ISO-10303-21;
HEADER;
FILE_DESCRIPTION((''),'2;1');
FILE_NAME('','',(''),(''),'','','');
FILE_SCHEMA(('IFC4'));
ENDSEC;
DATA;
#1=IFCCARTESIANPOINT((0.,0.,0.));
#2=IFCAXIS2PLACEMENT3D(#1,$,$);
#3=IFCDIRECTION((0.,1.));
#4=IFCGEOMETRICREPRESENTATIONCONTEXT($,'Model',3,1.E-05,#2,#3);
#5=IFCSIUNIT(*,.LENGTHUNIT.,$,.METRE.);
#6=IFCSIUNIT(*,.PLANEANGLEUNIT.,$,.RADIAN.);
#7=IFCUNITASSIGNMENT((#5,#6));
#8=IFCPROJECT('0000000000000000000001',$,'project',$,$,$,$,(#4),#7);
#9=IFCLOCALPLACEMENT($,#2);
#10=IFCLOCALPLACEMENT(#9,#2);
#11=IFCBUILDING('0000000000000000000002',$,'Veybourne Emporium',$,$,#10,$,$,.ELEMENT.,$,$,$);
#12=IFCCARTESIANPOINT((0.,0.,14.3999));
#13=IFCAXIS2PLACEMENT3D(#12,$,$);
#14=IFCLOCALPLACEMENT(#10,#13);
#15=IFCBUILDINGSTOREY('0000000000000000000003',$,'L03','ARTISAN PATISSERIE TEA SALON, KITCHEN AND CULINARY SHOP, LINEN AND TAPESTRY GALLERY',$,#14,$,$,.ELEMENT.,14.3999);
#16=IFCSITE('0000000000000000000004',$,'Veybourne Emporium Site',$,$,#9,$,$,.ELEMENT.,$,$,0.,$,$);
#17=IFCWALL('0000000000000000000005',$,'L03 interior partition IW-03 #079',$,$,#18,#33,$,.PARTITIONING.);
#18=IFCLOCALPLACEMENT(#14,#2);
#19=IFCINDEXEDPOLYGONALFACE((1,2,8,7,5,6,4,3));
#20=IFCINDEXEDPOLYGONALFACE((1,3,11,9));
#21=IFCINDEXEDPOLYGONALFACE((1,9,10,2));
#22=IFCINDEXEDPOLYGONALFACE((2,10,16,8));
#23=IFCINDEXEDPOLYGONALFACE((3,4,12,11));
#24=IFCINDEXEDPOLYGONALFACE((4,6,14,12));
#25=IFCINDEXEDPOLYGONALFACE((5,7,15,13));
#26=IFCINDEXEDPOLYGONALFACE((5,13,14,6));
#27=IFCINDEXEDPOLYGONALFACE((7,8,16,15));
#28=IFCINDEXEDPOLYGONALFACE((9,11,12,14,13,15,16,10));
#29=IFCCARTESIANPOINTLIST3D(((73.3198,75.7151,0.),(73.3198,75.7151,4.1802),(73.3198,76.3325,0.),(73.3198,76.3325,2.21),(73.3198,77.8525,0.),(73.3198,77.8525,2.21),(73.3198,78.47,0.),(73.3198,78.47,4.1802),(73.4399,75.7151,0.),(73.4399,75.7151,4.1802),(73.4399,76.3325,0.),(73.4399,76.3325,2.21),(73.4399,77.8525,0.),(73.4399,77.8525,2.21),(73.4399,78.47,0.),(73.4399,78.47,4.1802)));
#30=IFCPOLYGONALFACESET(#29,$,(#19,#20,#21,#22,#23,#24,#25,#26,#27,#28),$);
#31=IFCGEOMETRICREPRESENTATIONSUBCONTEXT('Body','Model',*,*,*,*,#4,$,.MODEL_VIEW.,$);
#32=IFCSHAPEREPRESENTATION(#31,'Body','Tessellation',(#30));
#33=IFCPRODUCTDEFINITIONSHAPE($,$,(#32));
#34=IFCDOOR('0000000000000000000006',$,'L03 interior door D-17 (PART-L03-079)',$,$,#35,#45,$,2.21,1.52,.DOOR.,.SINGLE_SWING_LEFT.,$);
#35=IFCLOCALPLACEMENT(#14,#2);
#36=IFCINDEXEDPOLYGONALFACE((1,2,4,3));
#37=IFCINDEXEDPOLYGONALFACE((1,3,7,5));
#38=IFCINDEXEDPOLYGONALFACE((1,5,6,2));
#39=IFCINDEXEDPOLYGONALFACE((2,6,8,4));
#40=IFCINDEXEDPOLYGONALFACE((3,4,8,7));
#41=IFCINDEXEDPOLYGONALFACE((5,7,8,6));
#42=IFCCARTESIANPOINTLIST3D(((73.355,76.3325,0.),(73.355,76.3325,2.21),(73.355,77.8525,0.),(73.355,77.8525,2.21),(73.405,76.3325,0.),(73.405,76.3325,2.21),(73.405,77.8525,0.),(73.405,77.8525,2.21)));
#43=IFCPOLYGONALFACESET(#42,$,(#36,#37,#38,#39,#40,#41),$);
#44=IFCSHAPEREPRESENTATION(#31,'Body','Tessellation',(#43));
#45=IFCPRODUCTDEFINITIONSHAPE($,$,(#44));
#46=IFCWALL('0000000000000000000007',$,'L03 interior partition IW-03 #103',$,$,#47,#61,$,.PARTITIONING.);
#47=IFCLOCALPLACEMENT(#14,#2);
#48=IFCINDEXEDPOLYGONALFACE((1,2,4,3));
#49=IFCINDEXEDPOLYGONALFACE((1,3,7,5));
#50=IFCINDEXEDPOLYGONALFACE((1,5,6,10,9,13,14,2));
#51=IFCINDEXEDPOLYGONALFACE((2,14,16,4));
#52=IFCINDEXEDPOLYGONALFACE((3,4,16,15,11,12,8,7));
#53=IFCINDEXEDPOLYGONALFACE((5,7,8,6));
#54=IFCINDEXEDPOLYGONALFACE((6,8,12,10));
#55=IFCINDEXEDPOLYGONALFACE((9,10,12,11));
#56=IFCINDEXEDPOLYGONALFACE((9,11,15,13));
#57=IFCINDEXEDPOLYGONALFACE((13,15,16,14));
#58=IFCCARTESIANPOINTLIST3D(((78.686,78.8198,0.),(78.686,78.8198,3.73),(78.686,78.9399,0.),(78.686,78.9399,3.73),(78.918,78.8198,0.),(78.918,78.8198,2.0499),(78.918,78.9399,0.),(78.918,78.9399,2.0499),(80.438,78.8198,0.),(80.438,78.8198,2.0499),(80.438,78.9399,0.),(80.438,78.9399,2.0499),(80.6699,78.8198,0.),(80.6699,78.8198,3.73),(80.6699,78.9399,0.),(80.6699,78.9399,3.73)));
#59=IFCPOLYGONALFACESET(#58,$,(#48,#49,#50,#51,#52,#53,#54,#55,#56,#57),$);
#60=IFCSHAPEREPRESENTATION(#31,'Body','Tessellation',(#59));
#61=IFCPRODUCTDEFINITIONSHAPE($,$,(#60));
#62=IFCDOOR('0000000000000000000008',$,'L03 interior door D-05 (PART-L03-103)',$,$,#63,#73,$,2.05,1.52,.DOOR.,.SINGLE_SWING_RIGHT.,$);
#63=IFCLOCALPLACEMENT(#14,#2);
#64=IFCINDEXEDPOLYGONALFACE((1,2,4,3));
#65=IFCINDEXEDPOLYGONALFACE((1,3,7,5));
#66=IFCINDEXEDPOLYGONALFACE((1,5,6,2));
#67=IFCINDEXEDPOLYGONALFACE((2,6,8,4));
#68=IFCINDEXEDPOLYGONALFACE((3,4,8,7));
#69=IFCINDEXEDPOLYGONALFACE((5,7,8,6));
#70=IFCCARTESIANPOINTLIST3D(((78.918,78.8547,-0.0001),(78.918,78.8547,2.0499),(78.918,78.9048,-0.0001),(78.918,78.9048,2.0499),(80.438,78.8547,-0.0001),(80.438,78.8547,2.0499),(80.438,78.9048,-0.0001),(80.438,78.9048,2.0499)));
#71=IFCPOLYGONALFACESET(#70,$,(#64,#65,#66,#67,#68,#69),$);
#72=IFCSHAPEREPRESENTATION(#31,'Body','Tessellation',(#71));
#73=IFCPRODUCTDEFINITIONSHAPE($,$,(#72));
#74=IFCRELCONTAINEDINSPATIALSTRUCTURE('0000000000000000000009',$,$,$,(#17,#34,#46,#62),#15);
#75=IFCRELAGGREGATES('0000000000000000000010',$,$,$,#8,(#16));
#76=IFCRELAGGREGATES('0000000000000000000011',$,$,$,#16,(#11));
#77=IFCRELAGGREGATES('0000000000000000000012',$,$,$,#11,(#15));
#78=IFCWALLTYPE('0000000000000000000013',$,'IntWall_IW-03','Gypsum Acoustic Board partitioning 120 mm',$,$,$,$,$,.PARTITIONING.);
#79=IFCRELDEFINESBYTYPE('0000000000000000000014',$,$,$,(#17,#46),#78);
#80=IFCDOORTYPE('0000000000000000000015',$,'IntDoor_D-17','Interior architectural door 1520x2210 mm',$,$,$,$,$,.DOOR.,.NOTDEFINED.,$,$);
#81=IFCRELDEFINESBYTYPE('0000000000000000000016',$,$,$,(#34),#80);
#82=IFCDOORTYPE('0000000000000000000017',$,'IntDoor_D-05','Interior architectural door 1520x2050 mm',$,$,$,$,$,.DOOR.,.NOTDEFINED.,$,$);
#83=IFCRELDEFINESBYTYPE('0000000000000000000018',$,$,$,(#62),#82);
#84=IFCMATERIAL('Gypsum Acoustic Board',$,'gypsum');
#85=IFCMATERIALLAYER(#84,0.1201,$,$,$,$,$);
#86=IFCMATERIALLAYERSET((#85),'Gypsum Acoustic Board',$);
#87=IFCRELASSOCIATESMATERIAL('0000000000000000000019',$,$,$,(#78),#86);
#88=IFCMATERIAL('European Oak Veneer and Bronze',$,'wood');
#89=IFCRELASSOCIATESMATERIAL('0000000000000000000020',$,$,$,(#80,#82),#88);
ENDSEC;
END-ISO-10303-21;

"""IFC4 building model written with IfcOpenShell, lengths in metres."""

from ifc_helpers import new_model, si_unit, direction, frame, frame_2d, origin, place, context, subcontext, project, spatial, rectangle, extrude, material, layer, layer_set, type_object, element, fill, save


model = new_model("IFC4")

# Units and contexts
model_context = context("Model", 3, precision=1e-05, world=origin(), true_north=direction((0.0, 1.0)))
body_context = subcontext(model_context, "Body", "Model", "MODEL_VIEW")
ifc_project = project(units=[si_unit("LENGTHUNIT", "METRE"), si_unit("PLANEANGLEUNIT", "RADIAN")], contexts=[model_context])

# Site, building, storey
site_placement = place(None, origin())
site = spatial("IfcSite", under=ifc_project, at=site_placement, Name="Veybourne Emporium Site", CompositionType="ELEMENT", RefElevation=0.0)
building_placement = place(site_placement, origin())
building = spatial("IfcBuilding", under=site, at=building_placement, Name="Veybourne Emporium", CompositionType="ELEMENT")
storey_placement = place(building_placement, frame((0.0, 0.0, 14.3999)))
storey = spatial("IfcBuildingStorey", under=building, at=storey_placement, Name="L03", Description="ARTISAN PATISSERIE TEA SALON, KITCHEN AND CULINARY SHOP, LINEN AND TAPESTRY GALLERY", CompositionType="ELEMENT", Elevation=14.3999)

# Shared definitions
ifc_material_1 = material(Name="Gypsum Acoustic Board", Category="gypsum")
ifc_material_2 = material(Name="European Oak Veneer and Bronze", Category="wood")

# Walls, openings, doors
ifc_layer_1 = layer(ifc_material_1, 0.1201)
ifc_layer_set_1 = layer_set([ifc_layer_1], Name="Gypsum Acoustic Board")
wall_type_1 = type_object("IfcWallType", Name="IntWall_IW-03", Description="Gypsum Acoustic Board partitioning 120 mm", PredefinedType="PARTITIONING", material=ifc_layer_set_1)
wall_1_placement = place(storey_placement, frame((73.3799, 75.7151, 0.0), z_axis=(0.0, 0.0, 1.0), x_axis=(0.0, 1.0, 0.0)))
wall_1 = element("IfcWall", 1, at=wall_1_placement, inside=storey, type_object=wall_type_1, Name="L03 interior partition IW-03 #079", PredefinedType="PARTITIONING", context=body_context, shape_type="SweptSolid", body=[
    extrude(rectangle(XDim=2.7549, YDim=0.1201, at=frame_2d((1.3774, 0.0))), origin(), (0.0, 0.0, 1.0), 4.1802),
])
opening_1_placement = place(wall_1_placement, frame((0.6174, 0.0, 0.0)))
opening_1 = element("IfcOpeningElement", 2, at=opening_1_placement, cuts=wall_1, PredefinedType="OPENING", context=body_context, shape_type="SweptSolid", body=[
    extrude(rectangle(XDim=1.52, YDim=2.21, at=frame_2d((0.76, 1.105))), frame((0.0, 0.0801, 0.0), z_axis=(0.0, -1.0, 0.0), x_axis=(1.0, 0.0, 0.0)), (0.0, 0.0, 1.0), 0.1602),
])
door_type_1 = type_object("IfcDoorType", Name="IntDoor_D-17", Description="Interior architectural door 1520x2210 mm", OperationType="NOTDEFINED", PredefinedType="DOOR", material=ifc_material_2)
door_1_placement = place(opening_1_placement, origin())
door_1 = element("IfcDoor", 3, at=door_1_placement, inside=storey, type_object=door_type_1, Name="L03 interior door D-17 (PART-L03-079)", OperationType="SINGLE_SWING_LEFT", OverallHeight=2.21, OverallWidth=1.52, PredefinedType="DOOR", context=body_context, shape_type="SweptSolid", body=[
    extrude(rectangle(XDim=1.52, YDim=2.21, at=frame_2d((0.76, 1.105))), frame((0.0, 0.0249, 0.0), z_axis=(0.0, -1.0, 0.0), x_axis=(1.0, 0.0, 0.0)), (0.0, 0.0, 1.0), 0.05),
])
fill(opening_1, door_1)
wall_2_placement = place(storey_placement, frame((78.686, 78.8799, 0.0), z_axis=(0.0, 0.0, 1.0), x_axis=(1.0, 0.0, 0.0)))
wall_2 = element("IfcWall", 4, at=wall_2_placement, inside=storey, type_object=wall_type_1, Name="L03 interior partition IW-03 #103", PredefinedType="PARTITIONING", context=body_context, shape_type="SweptSolid", body=[
    extrude(rectangle(XDim=1.9839, YDim=0.1201, at=frame_2d((0.9919, 0.0))), origin(), (0.0, 0.0, 1.0), 3.73),
])
opening_2_placement = place(wall_2_placement, frame((0.2319, 0.0, 0.0)))
opening_2 = element("IfcOpeningElement", 5, at=opening_2_placement, cuts=wall_2, PredefinedType="OPENING", context=body_context, shape_type="SweptSolid", body=[
    extrude(rectangle(XDim=1.52, YDim=2.05, at=frame_2d((0.76, 1.0249))), frame((0.0, 0.0801, 0.0), z_axis=(0.0, -1.0, 0.0), x_axis=(1.0, 0.0, 0.0)), (0.0, 0.0, 1.0), 0.1602),
])
door_type_2 = type_object("IfcDoorType", Name="IntDoor_D-05", Description="Interior architectural door 1520x2050 mm", OperationType="NOTDEFINED", PredefinedType="DOOR", material=ifc_material_2)
door_2_placement = place(opening_2_placement, origin())
door_2 = element("IfcDoor", 6, at=door_2_placement, inside=storey, type_object=door_type_2, Name="L03 interior door D-05 (PART-L03-103)", OperationType="SINGLE_SWING_RIGHT", OverallHeight=2.05, OverallWidth=1.52, PredefinedType="DOOR", context=body_context, shape_type="SweptSolid", body=[
    extrude(rectangle(XDim=1.52, YDim=2.05, at=frame_2d((0.76, 1.0249))), frame((0.0, 0.0249, 0.0), z_axis=(0.0, -1.0, 0.0), x_axis=(1.0, 0.0, 0.0)), (0.0, 0.0, 1.0), 0.05),
])
fill(opening_2, door_2)

save(model, "model.ifc")
